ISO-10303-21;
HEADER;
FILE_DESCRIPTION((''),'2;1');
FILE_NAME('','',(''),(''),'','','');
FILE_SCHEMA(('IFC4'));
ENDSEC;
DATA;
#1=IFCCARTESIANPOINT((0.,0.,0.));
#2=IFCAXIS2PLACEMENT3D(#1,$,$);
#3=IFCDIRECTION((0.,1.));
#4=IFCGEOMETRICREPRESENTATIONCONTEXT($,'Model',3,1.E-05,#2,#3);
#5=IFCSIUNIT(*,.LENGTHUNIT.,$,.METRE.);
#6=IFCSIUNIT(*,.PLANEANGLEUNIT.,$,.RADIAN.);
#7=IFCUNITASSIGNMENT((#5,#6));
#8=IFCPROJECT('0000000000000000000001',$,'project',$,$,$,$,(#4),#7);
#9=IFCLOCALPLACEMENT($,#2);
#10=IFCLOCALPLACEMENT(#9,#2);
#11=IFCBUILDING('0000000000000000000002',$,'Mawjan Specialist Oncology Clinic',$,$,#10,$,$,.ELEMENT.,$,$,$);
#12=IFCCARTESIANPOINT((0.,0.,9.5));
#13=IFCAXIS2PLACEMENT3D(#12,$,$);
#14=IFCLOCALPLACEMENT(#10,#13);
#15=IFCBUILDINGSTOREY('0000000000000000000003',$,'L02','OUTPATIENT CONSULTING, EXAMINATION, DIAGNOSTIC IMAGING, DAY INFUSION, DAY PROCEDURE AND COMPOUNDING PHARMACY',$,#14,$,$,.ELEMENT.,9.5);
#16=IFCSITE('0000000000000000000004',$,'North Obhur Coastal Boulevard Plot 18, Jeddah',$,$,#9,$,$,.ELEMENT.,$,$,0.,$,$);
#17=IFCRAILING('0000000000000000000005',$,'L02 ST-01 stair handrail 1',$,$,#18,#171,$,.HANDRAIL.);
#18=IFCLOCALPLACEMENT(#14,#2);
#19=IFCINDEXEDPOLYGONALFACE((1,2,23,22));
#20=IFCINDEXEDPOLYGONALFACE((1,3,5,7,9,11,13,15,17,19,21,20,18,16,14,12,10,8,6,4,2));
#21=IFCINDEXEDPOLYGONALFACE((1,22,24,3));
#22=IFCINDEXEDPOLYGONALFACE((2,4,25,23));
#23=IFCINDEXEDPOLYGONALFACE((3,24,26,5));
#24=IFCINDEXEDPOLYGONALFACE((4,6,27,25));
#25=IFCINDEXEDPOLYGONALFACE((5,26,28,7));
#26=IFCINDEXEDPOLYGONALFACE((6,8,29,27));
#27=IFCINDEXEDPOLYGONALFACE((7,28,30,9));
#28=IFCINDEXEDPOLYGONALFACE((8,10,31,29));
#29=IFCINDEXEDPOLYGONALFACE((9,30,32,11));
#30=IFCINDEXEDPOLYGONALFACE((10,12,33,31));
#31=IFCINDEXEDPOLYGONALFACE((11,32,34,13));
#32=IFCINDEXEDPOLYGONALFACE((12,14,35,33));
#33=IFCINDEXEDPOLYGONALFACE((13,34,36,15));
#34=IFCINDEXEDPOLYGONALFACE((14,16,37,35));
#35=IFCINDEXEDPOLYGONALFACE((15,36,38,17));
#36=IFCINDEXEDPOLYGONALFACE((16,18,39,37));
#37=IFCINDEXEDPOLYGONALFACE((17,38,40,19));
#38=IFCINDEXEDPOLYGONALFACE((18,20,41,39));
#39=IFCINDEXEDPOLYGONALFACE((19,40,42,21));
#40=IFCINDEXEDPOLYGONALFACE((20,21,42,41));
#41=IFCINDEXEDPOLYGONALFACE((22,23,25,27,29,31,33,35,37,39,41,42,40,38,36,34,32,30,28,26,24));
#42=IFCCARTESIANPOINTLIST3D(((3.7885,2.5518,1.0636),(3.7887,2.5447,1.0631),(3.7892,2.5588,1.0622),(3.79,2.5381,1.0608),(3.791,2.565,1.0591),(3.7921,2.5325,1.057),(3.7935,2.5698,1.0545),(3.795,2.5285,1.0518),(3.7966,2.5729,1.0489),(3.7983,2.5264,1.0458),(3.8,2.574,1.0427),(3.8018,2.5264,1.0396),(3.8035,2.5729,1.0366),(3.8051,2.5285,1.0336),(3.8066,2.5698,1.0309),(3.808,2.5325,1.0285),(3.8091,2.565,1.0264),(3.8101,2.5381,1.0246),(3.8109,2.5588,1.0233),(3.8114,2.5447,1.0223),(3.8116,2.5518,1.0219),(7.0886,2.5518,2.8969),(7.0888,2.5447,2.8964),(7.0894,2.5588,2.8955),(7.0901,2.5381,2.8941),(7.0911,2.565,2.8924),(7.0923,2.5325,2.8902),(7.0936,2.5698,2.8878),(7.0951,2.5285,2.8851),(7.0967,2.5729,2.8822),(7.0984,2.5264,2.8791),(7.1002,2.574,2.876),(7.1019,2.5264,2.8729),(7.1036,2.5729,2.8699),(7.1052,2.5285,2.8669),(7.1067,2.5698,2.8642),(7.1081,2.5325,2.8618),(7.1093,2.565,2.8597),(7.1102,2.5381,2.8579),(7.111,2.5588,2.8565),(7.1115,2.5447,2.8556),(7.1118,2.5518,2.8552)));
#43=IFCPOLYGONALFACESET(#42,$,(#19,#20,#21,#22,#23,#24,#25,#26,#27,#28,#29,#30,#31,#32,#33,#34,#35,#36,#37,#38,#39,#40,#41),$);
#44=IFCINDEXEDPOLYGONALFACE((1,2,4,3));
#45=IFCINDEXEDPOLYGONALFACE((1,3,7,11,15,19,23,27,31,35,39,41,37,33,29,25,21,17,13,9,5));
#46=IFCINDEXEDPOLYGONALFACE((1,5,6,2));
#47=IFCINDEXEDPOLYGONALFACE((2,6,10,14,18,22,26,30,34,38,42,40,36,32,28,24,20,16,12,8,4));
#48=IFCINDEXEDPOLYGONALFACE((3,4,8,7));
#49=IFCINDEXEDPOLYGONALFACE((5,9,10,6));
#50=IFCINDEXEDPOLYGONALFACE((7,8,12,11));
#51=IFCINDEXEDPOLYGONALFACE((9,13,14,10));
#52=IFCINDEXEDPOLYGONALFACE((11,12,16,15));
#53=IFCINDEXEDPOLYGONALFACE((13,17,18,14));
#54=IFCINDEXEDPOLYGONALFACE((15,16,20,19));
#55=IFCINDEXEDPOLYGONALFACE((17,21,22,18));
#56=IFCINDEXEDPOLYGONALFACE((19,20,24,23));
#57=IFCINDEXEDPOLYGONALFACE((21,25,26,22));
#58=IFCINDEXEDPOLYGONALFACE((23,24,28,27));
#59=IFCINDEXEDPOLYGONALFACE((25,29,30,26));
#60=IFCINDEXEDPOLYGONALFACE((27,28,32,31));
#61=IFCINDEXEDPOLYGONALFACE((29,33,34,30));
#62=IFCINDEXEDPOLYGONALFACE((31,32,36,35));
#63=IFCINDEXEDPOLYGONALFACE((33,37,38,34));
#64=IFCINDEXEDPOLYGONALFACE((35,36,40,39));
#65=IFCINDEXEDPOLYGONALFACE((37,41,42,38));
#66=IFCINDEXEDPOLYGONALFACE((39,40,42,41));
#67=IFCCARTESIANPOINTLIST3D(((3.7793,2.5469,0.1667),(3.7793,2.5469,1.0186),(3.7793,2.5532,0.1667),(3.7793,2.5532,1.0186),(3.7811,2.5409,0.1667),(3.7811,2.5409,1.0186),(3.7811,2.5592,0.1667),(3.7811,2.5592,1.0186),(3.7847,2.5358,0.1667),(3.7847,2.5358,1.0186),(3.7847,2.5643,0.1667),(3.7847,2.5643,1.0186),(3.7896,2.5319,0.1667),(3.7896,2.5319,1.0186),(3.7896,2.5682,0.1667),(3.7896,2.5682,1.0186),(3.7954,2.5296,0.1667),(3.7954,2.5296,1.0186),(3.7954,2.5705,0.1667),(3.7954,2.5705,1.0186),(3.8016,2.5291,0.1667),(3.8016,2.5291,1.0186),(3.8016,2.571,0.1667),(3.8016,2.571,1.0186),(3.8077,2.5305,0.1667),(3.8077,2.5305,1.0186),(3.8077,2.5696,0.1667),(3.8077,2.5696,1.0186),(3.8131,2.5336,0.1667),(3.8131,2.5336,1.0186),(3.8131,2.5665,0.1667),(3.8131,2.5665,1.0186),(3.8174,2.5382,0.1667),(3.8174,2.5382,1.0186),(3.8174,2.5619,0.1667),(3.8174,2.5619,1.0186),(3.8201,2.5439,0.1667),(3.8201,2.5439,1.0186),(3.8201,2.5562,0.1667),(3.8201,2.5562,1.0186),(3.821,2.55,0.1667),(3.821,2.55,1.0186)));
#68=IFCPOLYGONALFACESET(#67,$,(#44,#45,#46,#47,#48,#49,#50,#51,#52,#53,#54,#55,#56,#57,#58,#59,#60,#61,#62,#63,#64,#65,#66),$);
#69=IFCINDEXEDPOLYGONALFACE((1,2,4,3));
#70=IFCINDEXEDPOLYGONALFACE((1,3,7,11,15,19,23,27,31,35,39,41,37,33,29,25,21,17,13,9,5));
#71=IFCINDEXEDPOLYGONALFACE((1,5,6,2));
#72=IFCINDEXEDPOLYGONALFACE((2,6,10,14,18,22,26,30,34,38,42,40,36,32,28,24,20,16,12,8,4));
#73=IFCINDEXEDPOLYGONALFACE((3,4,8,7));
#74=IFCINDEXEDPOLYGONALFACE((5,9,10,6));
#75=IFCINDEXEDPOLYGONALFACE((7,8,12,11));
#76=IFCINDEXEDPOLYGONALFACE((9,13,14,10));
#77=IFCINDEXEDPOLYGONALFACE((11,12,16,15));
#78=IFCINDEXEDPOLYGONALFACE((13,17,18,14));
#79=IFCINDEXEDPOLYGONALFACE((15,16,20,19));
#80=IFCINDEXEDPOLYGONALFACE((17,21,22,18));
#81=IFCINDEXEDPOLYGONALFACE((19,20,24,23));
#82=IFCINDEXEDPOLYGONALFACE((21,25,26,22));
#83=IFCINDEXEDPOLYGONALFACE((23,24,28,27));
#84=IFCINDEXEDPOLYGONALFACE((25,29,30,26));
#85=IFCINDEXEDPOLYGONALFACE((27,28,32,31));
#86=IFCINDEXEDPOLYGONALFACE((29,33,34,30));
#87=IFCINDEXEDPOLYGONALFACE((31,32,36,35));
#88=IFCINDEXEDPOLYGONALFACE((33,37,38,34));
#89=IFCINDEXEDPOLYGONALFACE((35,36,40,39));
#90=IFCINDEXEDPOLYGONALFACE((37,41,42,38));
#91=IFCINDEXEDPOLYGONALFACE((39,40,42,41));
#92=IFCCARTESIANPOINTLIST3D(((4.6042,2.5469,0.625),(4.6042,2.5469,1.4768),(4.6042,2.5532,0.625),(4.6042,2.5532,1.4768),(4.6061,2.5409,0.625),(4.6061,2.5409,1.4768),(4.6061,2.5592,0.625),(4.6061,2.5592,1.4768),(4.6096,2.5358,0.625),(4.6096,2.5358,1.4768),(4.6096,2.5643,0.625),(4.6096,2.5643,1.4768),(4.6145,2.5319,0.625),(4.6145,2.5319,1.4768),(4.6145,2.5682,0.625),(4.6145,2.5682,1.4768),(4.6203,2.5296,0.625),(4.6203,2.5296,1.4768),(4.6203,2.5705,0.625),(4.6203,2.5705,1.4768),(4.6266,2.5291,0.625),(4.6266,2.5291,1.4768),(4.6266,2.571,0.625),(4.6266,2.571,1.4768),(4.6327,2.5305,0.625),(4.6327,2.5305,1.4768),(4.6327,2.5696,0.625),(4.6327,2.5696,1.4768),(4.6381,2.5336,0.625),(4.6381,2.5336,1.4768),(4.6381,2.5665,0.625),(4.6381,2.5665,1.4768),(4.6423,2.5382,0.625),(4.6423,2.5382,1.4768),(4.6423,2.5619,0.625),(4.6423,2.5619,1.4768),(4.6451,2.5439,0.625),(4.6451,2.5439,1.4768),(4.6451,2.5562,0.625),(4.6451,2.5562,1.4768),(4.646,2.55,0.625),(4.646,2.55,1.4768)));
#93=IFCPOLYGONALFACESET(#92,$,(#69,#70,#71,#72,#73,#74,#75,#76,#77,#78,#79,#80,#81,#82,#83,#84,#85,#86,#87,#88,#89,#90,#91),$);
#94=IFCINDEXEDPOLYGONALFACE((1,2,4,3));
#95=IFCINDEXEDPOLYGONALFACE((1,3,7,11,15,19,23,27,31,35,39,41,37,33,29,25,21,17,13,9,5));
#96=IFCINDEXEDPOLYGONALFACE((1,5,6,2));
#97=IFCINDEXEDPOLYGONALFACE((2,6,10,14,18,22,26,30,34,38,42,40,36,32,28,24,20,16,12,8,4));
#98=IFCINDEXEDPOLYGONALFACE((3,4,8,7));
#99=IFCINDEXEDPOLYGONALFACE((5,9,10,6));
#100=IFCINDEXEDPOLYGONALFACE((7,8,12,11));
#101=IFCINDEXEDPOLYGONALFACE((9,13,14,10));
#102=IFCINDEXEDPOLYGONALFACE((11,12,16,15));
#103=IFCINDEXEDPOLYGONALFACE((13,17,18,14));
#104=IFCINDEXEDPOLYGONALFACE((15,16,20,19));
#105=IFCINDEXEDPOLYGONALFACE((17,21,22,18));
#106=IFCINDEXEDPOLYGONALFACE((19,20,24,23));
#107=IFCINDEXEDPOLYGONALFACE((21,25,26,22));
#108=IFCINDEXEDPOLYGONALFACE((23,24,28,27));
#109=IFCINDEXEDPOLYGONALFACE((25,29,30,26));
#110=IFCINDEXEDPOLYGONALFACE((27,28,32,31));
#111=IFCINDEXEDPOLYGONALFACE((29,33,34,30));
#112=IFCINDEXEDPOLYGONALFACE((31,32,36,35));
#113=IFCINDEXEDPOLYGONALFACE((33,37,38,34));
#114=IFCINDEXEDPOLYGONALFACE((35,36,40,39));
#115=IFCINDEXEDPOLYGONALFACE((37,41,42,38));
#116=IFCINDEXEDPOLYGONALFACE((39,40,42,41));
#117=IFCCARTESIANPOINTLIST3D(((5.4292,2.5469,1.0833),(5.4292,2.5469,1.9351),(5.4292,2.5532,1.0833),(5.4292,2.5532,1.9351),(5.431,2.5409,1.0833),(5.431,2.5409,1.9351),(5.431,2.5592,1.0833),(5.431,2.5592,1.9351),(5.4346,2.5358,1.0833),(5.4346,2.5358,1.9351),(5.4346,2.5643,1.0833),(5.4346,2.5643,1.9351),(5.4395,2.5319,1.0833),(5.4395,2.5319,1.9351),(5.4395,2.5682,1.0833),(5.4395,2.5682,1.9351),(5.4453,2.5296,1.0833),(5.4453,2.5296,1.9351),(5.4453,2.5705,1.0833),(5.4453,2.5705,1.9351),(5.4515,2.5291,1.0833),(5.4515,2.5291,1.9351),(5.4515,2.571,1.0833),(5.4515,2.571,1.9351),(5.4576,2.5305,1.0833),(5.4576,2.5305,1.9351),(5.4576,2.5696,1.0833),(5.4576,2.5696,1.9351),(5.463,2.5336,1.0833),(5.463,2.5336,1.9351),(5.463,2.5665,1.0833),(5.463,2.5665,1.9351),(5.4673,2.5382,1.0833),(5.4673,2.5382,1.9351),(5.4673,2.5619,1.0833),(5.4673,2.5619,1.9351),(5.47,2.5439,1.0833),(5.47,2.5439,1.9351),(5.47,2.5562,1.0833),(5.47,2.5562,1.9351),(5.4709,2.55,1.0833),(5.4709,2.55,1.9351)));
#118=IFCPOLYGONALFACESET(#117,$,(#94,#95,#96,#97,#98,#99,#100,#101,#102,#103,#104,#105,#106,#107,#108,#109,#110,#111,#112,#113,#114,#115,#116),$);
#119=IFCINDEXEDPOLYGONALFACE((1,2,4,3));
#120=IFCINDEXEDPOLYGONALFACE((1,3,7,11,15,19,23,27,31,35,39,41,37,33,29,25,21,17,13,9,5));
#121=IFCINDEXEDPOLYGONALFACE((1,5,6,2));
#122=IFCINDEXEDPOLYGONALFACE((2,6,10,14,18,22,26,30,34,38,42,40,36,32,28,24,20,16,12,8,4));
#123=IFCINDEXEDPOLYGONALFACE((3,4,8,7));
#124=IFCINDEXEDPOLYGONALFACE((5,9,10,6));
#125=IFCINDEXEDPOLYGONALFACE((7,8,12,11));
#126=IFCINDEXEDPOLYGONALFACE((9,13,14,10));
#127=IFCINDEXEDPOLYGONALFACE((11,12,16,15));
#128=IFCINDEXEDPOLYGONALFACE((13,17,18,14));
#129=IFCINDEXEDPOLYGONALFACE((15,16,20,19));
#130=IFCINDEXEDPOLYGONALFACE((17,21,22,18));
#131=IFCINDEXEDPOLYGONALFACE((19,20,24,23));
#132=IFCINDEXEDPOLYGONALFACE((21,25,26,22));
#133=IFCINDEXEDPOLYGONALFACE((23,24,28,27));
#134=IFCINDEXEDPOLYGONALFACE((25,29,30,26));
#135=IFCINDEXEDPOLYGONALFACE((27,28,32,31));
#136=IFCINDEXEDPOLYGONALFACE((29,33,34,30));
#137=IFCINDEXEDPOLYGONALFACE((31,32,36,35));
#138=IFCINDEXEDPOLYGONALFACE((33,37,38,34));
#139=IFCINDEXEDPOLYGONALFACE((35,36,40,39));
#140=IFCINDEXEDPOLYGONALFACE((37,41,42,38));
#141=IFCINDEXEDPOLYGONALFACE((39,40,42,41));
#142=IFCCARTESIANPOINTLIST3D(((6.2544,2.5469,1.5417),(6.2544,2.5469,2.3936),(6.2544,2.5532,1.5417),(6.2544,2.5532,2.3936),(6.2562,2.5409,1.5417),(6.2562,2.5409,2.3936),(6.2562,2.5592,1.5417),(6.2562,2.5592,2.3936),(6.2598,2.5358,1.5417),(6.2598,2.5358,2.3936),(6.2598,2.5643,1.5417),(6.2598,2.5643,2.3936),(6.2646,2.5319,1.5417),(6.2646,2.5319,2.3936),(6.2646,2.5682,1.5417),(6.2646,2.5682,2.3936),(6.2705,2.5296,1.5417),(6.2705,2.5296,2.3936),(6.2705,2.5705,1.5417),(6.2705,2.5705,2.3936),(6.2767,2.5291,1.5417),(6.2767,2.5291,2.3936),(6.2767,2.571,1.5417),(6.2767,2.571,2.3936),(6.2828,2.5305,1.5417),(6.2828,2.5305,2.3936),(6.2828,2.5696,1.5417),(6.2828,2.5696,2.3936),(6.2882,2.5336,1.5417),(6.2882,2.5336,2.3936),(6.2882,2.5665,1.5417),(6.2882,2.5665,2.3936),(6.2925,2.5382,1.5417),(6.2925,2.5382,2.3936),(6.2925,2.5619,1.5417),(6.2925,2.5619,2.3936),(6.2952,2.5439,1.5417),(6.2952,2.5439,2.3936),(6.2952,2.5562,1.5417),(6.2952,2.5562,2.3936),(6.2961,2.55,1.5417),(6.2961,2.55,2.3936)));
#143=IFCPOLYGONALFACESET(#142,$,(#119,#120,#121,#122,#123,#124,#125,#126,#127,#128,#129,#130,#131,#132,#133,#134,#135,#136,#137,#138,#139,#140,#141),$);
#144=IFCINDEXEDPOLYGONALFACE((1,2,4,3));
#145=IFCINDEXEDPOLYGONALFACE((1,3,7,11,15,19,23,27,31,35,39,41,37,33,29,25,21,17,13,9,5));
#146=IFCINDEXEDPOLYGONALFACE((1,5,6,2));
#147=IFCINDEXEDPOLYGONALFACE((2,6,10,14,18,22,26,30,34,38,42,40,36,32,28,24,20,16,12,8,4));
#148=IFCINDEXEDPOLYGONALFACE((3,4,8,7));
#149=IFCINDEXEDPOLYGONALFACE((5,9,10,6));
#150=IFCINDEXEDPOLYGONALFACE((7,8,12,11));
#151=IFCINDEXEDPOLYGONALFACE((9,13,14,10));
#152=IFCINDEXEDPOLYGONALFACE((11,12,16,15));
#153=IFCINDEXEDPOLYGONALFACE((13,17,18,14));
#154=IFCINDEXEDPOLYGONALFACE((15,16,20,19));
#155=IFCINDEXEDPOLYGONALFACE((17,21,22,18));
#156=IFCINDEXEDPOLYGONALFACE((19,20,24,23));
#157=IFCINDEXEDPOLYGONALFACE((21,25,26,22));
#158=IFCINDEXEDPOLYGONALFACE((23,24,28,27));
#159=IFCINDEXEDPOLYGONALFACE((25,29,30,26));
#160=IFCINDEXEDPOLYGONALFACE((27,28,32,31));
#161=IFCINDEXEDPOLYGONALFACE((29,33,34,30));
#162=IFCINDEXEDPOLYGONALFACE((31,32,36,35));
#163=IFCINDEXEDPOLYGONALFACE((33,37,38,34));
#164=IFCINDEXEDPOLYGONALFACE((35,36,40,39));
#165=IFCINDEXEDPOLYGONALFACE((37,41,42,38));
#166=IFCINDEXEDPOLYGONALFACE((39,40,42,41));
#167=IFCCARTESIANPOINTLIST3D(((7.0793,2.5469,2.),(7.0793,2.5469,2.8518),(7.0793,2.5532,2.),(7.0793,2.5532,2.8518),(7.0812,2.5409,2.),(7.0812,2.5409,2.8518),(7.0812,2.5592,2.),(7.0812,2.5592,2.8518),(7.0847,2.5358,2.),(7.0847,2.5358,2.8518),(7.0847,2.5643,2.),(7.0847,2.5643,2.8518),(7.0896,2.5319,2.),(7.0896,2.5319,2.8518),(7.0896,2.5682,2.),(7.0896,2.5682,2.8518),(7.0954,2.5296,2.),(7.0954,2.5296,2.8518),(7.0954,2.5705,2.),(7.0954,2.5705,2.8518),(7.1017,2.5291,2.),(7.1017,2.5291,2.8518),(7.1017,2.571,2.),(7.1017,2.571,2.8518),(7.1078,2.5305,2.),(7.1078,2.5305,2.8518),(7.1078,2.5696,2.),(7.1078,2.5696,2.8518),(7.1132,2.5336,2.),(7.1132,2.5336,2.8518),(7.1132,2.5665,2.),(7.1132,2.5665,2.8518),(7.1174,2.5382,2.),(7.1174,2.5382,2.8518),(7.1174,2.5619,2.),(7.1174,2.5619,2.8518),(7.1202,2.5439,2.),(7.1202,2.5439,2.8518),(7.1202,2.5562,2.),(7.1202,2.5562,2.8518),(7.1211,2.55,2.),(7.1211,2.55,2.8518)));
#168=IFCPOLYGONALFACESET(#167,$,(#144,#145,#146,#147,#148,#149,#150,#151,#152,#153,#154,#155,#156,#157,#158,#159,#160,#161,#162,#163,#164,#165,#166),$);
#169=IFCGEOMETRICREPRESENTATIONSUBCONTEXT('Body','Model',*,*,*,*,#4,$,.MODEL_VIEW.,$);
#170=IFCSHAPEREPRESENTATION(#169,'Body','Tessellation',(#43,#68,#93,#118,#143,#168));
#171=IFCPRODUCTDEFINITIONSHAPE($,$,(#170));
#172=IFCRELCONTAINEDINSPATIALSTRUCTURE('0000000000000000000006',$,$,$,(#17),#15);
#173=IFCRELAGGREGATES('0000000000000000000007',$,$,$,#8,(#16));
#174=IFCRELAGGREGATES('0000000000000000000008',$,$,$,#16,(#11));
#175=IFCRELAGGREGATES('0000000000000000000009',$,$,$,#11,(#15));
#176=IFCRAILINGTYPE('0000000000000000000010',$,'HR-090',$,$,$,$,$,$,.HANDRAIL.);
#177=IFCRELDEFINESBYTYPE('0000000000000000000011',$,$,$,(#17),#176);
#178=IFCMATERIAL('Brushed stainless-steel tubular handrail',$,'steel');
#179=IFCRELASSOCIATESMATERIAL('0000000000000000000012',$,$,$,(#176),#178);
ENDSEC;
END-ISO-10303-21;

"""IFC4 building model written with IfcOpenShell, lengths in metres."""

from ifc_helpers import new_model, si_unit, direction, frame, origin, origin_2d, place, context, subcontext, project, spatial, circle, extrude, material, type_object, element, save


model = new_model("IFC4")

# Units and contexts
model_context = context("Model", 3, precision=1e-05, world=origin(), true_north=direction((0.0, 1.0)))
body_context = subcontext(model_context, "Body", "Model", "MODEL_VIEW")
ifc_project = project(units=[si_unit("LENGTHUNIT", "METRE"), si_unit("PLANEANGLEUNIT", "RADIAN")], contexts=[model_context])

# Site, building, storey
site_placement = place(None, origin())
site = spatial("IfcSite", under=ifc_project, at=site_placement, Name="North Obhur Coastal Boulevard Plot 18, Jeddah", CompositionType="ELEMENT", RefElevation=0.0)
building_placement = place(site_placement, origin())
building = spatial("IfcBuilding", under=site, at=building_placement, Name="Mawjan Specialist Oncology Clinic", CompositionType="ELEMENT")
storey_placement = place(building_placement, frame((0.0, 0.0, 9.5)))
storey = spatial("IfcBuildingStorey", under=building, at=storey_placement, Name="L02", Description="OUTPATIENT CONSULTING, EXAMINATION, DIAGNOSTIC IMAGING, DAY INFUSION, DAY PROCEDURE AND COMPOUNDING PHARMACY", CompositionType="ELEMENT", Elevation=9.5)

# Railing
ifc_material_1 = material(Name="Brushed stainless-steel tubular handrail", Category="steel")
railing_type_1 = type_object("IfcRailingType", Name="HR-090", PredefinedType="HANDRAIL", material=ifc_material_1)
railing_1_placement = place(storey_placement, frame((3.8, 2.55, 0.1667)))
element("IfcRailing", 1, at=railing_1_placement, inside=storey, type_object=railing_type_1, Name="L02 ST-01 stair handrail 1", PredefinedType="HANDRAIL", context=body_context, shape_type="SweptSolid", body=[
    extrude(circle(Radius=0.0239, at=origin_2d()), frame((0.0, 0.0, 0.876), z_axis=(0.874169, 0.0, 0.485621), x_axis=(0.0, 1.0, 0.0)), (0.0, 0.0, 1.0), 3.7751),
    extrude(circle(Radius=0.021, at=origin_2d()), origin(), (0.0, 0.0, 1.0), 0.8518),
    extrude(circle(Radius=0.021, at=origin_2d()), frame((0.825, 0.0, 0.4583)), (0.0, 0.0, 1.0), 0.8518),
    extrude(circle(Radius=0.021, at=origin_2d()), frame((1.6499, 0.0, 0.9165)), (0.0, 0.0, 1.0), 0.8518),
    extrude(circle(Radius=0.021, at=origin_2d()), frame((2.4751, 0.0, 1.375)), (0.0, 0.0, 1.0), 0.8518),
    extrude(circle(Radius=0.021, at=origin_2d()), frame((3.3, 0.0, 1.8333)), (0.0, 0.0, 1.0), 0.8518),
])

save(model, "model.ifc")
